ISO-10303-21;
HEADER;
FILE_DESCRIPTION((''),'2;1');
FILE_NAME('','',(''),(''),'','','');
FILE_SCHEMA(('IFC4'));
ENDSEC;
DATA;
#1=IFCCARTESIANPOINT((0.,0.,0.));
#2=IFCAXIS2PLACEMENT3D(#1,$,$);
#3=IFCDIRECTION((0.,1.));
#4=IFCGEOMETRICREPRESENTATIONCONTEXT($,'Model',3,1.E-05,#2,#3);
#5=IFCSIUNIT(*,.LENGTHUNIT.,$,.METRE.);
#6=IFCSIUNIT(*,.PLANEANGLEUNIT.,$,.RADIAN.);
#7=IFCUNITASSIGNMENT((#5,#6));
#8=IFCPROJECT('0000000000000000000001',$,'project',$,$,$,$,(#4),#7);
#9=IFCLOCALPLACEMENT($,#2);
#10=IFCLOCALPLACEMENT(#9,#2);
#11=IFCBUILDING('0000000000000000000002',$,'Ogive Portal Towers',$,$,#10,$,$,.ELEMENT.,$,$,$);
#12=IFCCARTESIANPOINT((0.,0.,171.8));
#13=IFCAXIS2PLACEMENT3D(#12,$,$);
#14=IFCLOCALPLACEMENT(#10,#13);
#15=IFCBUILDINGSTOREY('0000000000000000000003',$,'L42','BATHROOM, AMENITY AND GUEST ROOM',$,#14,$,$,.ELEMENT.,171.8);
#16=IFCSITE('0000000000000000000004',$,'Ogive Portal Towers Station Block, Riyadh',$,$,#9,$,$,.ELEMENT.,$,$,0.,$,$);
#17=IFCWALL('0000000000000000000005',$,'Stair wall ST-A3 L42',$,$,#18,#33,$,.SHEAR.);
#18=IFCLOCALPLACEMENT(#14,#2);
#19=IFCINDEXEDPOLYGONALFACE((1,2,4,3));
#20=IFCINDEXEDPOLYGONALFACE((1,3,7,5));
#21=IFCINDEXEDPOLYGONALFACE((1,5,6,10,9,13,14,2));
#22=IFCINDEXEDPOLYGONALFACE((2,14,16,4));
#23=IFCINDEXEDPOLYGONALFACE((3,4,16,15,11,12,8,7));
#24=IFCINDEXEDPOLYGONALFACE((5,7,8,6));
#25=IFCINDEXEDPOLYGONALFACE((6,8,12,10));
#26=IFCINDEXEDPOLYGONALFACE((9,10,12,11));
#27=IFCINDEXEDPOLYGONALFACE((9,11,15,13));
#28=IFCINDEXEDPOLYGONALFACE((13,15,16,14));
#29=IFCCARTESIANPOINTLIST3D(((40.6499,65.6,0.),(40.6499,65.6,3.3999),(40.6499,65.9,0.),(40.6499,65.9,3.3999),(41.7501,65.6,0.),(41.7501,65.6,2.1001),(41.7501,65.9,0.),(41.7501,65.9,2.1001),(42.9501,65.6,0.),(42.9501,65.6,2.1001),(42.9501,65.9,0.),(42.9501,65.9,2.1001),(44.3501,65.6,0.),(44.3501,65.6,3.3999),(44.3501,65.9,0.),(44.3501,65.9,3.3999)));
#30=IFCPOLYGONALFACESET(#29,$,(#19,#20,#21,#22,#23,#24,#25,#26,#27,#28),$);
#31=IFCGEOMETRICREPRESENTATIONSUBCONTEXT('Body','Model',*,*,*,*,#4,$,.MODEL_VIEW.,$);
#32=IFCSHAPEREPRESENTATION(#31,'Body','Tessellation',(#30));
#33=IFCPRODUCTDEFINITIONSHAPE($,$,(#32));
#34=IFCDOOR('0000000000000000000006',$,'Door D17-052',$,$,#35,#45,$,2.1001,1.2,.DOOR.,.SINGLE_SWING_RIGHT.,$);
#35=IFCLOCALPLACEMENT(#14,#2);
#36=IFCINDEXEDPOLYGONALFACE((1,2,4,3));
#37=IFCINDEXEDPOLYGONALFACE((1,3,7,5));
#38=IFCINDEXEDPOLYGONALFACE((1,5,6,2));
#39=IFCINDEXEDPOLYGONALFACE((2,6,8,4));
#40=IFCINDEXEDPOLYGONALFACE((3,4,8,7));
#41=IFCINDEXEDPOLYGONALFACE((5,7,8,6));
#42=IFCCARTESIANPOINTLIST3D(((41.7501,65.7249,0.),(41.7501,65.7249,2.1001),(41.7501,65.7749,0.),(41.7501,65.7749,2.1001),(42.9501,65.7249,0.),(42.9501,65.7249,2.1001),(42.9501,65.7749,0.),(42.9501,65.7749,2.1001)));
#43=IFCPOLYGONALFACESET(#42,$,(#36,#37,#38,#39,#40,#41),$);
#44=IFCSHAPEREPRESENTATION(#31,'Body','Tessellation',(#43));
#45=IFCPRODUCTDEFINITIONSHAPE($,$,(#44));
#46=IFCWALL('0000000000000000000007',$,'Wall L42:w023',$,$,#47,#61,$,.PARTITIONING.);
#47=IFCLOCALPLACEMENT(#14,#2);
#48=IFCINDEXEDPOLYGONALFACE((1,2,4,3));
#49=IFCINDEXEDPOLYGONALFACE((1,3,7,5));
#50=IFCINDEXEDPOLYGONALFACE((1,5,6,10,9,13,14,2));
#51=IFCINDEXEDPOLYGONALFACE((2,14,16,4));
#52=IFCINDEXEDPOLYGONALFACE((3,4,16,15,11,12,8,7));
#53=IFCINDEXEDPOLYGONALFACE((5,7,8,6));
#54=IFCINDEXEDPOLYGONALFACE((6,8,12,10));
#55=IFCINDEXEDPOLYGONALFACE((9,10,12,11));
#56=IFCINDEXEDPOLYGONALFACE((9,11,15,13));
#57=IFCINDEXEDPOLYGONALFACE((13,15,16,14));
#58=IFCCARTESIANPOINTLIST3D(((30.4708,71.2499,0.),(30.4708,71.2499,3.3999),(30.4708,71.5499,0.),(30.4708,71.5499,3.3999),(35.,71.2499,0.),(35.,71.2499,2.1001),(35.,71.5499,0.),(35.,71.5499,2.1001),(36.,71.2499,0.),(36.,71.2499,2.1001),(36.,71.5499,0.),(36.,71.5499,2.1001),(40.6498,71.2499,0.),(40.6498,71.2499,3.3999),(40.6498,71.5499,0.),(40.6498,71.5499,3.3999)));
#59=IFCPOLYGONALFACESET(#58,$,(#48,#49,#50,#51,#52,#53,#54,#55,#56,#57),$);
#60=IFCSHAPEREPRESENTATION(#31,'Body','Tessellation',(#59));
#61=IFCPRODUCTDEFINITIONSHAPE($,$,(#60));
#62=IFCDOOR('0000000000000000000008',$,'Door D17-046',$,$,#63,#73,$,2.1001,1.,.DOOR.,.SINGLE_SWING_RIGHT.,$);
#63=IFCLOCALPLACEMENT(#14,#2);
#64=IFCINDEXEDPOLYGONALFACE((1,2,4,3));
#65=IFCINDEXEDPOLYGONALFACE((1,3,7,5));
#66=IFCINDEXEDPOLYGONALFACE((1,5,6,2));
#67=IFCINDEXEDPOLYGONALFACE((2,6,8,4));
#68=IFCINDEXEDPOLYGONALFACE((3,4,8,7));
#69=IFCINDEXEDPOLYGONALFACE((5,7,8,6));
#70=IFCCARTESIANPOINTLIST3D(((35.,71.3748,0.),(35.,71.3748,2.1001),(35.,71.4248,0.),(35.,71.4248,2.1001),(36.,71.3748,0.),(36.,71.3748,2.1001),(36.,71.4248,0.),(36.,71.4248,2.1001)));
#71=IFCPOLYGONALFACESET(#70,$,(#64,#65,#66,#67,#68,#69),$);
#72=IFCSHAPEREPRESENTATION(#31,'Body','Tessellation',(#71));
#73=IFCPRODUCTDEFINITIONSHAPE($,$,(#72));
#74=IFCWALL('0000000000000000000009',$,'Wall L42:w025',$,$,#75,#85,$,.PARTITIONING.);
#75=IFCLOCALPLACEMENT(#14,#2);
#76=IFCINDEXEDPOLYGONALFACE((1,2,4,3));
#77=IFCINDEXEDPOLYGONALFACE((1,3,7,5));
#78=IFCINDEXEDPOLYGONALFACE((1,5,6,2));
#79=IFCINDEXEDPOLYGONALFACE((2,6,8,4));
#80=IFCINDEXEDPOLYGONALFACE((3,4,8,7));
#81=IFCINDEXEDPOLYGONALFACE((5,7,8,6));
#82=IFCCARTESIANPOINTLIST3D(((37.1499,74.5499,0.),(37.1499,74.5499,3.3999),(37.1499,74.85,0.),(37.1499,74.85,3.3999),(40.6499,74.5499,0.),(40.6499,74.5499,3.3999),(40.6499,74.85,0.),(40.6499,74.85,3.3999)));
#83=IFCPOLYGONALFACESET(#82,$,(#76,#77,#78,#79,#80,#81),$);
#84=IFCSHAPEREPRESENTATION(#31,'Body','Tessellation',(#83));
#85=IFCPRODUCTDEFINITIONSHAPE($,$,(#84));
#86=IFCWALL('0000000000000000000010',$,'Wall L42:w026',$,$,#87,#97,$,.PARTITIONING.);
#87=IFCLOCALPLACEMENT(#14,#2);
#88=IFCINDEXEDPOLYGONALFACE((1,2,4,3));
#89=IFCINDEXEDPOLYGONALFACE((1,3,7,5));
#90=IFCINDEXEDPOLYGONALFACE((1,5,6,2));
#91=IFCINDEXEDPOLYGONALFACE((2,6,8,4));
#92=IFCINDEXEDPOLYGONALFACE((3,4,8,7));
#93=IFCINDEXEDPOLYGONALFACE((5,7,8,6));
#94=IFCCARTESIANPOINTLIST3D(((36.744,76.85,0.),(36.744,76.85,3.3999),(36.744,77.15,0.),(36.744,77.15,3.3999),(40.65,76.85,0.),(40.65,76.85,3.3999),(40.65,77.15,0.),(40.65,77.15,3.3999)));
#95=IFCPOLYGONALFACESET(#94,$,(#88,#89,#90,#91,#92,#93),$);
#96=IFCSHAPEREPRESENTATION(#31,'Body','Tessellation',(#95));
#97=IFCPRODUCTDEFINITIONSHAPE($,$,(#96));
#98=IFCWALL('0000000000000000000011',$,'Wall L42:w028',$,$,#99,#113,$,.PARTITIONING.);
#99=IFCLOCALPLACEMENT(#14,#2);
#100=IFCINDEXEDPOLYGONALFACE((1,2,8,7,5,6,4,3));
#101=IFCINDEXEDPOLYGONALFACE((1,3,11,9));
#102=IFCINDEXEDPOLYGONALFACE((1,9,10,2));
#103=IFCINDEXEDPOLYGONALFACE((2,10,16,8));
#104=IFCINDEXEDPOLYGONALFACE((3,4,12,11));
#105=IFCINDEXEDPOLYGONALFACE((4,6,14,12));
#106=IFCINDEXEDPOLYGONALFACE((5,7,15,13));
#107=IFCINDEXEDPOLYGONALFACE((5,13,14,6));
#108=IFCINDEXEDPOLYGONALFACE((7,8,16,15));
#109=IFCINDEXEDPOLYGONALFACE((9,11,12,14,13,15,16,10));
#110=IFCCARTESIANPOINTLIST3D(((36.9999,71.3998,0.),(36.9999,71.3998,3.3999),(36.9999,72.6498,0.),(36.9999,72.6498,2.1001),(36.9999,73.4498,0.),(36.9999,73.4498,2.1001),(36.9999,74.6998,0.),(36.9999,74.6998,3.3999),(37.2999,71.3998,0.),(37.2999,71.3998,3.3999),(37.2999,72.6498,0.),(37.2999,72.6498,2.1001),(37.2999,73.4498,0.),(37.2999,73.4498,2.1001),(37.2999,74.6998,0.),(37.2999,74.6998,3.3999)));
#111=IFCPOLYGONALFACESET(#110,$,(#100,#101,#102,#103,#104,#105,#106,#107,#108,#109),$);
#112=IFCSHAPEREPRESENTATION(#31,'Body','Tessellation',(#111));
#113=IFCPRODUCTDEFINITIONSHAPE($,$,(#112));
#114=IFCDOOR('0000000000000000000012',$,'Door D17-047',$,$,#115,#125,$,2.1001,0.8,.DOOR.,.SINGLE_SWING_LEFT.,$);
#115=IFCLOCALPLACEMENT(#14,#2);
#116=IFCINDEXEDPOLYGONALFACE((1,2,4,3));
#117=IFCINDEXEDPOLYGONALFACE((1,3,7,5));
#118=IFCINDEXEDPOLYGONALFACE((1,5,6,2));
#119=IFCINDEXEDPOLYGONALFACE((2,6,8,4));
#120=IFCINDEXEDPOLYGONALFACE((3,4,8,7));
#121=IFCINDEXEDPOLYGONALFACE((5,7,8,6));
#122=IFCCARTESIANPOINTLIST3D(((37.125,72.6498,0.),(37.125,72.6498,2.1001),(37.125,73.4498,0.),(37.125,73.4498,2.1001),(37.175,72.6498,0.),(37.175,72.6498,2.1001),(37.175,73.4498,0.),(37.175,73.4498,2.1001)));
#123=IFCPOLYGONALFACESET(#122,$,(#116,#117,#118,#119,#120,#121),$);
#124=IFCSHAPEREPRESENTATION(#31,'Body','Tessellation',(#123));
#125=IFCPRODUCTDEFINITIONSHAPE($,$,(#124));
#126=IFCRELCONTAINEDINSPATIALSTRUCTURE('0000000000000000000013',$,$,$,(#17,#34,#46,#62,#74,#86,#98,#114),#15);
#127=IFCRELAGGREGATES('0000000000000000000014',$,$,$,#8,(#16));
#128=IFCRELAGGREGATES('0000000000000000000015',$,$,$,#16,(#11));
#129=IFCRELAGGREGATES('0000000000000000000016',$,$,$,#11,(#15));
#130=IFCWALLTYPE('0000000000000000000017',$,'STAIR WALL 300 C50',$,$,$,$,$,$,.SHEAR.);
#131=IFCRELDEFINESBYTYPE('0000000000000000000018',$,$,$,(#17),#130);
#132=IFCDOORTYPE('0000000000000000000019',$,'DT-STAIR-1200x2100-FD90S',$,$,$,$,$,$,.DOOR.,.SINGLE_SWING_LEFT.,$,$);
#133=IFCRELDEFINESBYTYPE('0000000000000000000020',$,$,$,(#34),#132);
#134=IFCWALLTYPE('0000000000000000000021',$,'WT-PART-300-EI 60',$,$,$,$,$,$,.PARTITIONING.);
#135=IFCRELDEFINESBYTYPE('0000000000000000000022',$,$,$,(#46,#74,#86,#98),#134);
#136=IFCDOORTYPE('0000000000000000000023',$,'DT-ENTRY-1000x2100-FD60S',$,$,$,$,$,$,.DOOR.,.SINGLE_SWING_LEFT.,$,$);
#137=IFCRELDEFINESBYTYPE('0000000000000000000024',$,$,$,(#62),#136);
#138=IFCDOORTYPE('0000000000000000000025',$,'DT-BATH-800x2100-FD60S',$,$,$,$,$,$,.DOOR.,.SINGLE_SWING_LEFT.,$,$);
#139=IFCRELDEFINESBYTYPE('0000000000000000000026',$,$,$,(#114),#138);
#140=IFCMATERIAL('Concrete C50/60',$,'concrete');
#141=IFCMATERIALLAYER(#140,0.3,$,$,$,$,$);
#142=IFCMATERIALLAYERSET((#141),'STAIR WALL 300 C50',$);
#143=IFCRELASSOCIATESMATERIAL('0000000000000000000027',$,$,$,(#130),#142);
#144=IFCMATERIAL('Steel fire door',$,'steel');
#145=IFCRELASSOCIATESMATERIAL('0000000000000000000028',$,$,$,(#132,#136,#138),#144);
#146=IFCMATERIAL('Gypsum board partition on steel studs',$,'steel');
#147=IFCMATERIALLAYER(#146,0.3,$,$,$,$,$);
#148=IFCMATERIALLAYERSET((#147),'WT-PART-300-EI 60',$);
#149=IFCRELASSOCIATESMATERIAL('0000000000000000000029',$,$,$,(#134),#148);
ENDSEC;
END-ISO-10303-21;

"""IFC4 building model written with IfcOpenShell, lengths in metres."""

from ifc_helpers import new_model, si_unit, direction, frame, frame_2d, origin, place, context, subcontext, project, spatial, rectangle, extrude, material, layer, layer_set, type_object, element, fill, save


model = new_model("IFC4")

# Units and contexts
model_context = context("Model", 3, precision=1e-05, world=origin(), true_north=direction((0.0, 1.0)))
body_context = subcontext(model_context, "Body", "Model", "MODEL_VIEW")
ifc_project = project(units=[si_unit("LENGTHUNIT", "METRE"), si_unit("PLANEANGLEUNIT", "RADIAN")], contexts=[model_context])

# Site, building, storey
site_placement = place(None, origin())
site = spatial("IfcSite", under=ifc_project, at=site_placement, Name="Ogive Portal Towers Station Block, Riyadh", CompositionType="ELEMENT", RefElevation=0.0)
building_placement = place(site_placement, origin())
building = spatial("IfcBuilding", under=site, at=building_placement, Name="Ogive Portal Towers", CompositionType="ELEMENT")
storey_placement = place(building_placement, frame((0.0, 0.0, 171.8)))
storey = spatial("IfcBuildingStorey", under=building, at=storey_placement, Name="L42", Description="BATHROOM, AMENITY AND GUEST ROOM", CompositionType="ELEMENT", Elevation=171.8)

# Walls, openings, doors
ifc_material_1 = material(Name="Concrete C50/60", Category="concrete")
ifc_layer_1 = layer(ifc_material_1, 0.3)
ifc_layer_set_1 = layer_set([ifc_layer_1], Name="STAIR WALL 300 C50")
wall_type_1 = type_object("IfcWallType", Name="STAIR WALL 300 C50", PredefinedType="SHEAR", material=ifc_layer_set_1)
wall_1_placement = place(storey_placement, frame((40.6499, 65.75, 0.0), z_axis=(0.0, 0.0, 1.0), x_axis=(1.0, 0.0, 0.0)))
wall_1 = element("IfcWall", 1, at=wall_1_placement, inside=storey, type_object=wall_type_1, Name="Stair wall ST-A3 L42", PredefinedType="SHEAR", context=body_context, shape_type="SweptSolid", body=[
    extrude(rectangle(XDim=3.7002, YDim=0.3, at=frame_2d((1.8501, 0.0))), origin(), (0.0, 0.0, 1.0), 3.3999),
])
opening_1_placement = place(wall_1_placement, frame((1.1001, 0.0, 0.0)))
opening_1 = element("IfcOpeningElement", 2, at=opening_1_placement, cuts=wall_1, PredefinedType="OPENING", context=body_context, shape_type="SweptSolid", body=[
    extrude(rectangle(XDim=1.2, YDim=2.1001, at=frame_2d((0.6001, 1.05))), frame((0.0, 0.1602, 0.0), z_axis=(0.0, -1.0, 0.0), x_axis=(1.0, 0.0, 0.0)), (0.0, 0.0, 1.0), 0.3201),
])
ifc_material_2 = material(Name="Steel fire door", Category="steel")
door_type_1 = type_object("IfcDoorType", Name="DT-STAIR-1200x2100-FD90S", OperationType="SINGLE_SWING_LEFT", PredefinedType="DOOR", material=ifc_material_2)
door_1_placement = place(opening_1_placement, origin())
door_1 = element("IfcDoor", 3, at=door_1_placement, inside=storey, type_object=door_type_1, Name="Door D17-052", OperationType="SINGLE_SWING_RIGHT", OverallHeight=2.1001, OverallWidth=1.2, PredefinedType="DOOR", context=body_context, shape_type="SweptSolid", body=[
    extrude(rectangle(XDim=1.2, YDim=2.1001, at=frame_2d((0.6001, 1.05))), frame((0.0, 0.0249, 0.0), z_axis=(0.0, -1.0, 0.0), x_axis=(1.0, 0.0, 0.0)), (0.0, 0.0, 1.0), 0.05),
])
fill(opening_1, door_1)
ifc_material_3 = material(Name="Gypsum board partition on steel studs", Category="steel")
ifc_layer_2 = layer(ifc_material_3, 0.3)
ifc_layer_set_2 = layer_set([ifc_layer_2], Name="WT-PART-300-EI 60")
wall_type_2 = type_object("IfcWallType", Name="WT-PART-300-EI 60", PredefinedType="PARTITIONING", material=ifc_layer_set_2)
wall_2_placement = place(storey_placement, frame((30.4709, 71.3999, 0.0), z_axis=(0.0, 0.0, 1.0), x_axis=(1.0, 0.0, 0.0)))
wall_2 = element("IfcWall", 4, at=wall_2_placement, inside=storey, type_object=wall_type_2, Name="Wall L42:w023", PredefinedType="PARTITIONING", context=body_context, shape_type="SweptSolid", body=[
    extrude(rectangle(XDim=10.179, YDim=0.3, at=frame_2d((5.0894, 0.0))), origin(), (0.0, 0.0, 1.0), 3.3999),
])
opening_2_placement = place(wall_2_placement, frame((4.5291, 0.0, 0.0)))
opening_2 = element("IfcOpeningElement", 5, at=opening_2_placement, cuts=wall_2, PredefinedType="OPENING", context=body_context, shape_type="SweptSolid", body=[
    extrude(rectangle(XDim=1.0, YDim=2.1001, at=frame_2d((0.5, 1.05))), frame((0.0, 0.1602, 0.0), z_axis=(0.0, -1.0, 0.0), x_axis=(1.0, 0.0, 0.0)), (0.0, 0.0, 1.0), 0.3201),
])
door_type_2 = type_object("IfcDoorType", Name="DT-ENTRY-1000x2100-FD60S", OperationType="SINGLE_SWING_LEFT", PredefinedType="DOOR", material=ifc_material_2)
door_2_placement = place(opening_2_placement, origin())
door_2 = element("IfcDoor", 6, at=door_2_placement, inside=storey, type_object=door_type_2, Name="Door D17-046", OperationType="SINGLE_SWING_RIGHT", OverallHeight=2.1001, OverallWidth=1.0, PredefinedType="DOOR", context=body_context, shape_type="SweptSolid", body=[
    extrude(rectangle(XDim=1.0, YDim=2.1001, at=frame_2d((0.5, 1.05))), frame((0.0, 0.0249, 0.0), z_axis=(0.0, -1.0, 0.0), x_axis=(1.0, 0.0, 0.0)), (0.0, 0.0, 1.0), 0.05),
])
fill(opening_2, door_2)

# Walls
wall_3_placement = place(storey_placement, frame((37.1499, 74.7, 0.0), z_axis=(0.0, 0.0, 1.0), x_axis=(1.0, 0.0, 0.0)))
element("IfcWall", 7, at=wall_3_placement, inside=storey, type_object=wall_type_2, Name="Wall L42:w025", PredefinedType="PARTITIONING", context=body_context, shape_type="SweptSolid", body=[
    extrude(rectangle(XDim=3.5, YDim=0.3, at=frame_2d((1.75, 0.0))), origin(), (0.0, 0.0, 1.0), 3.3999),
])
wall_4_placement = place(storey_placement, frame((36.7439, 77.0, 0.0), z_axis=(0.0, 0.0, 1.0), x_axis=(1.0, 0.0, 0.0)))
element("IfcWall", 8, at=wall_4_placement, inside=storey, type_object=wall_type_2, Name="Wall L42:w026", PredefinedType="PARTITIONING", context=body_context, shape_type="SweptSolid", body=[
    extrude(rectangle(XDim=3.906, YDim=0.3, at=frame_2d((1.9531, 0.0))), origin(), (0.0, 0.0, 1.0), 3.3999),
])

# Wall, opening, door
wall_5_placement = place(storey_placement, frame((37.1499, 71.3999, 0.0), z_axis=(0.0, 0.0, 1.0), x_axis=(0.0, 1.0, 0.0)))
wall_5 = element("IfcWall", 9, at=wall_5_placement, inside=storey, type_object=wall_type_2, Name="Wall L42:w028", PredefinedType="PARTITIONING", context=body_context, shape_type="SweptSolid", body=[
    extrude(rectangle(XDim=3.3, YDim=0.3, at=frame_2d((1.6499, 0.0))), origin(), (0.0, 0.0, 1.0), 3.3999),
])
opening_3_placement = place(wall_5_placement, frame((1.25, 0.0, 0.0)))
opening_3 = element("IfcOpeningElement", 10, at=opening_3_placement, cuts=wall_5, PredefinedType="OPENING", context=body_context, shape_type="SweptSolid", body=[
    extrude(rectangle(XDim=0.8, YDim=2.1001, at=frame_2d((0.3999, 1.05))), frame((0.0, 0.1602, 0.0), z_axis=(0.0, -1.0, 0.0), x_axis=(1.0, 0.0, 0.0)), (0.0, 0.0, 1.0), 0.3201),
])
door_type_3 = type_object("IfcDoorType", Name="DT-BATH-800x2100-FD60S", OperationType="SINGLE_SWING_LEFT", PredefinedType="DOOR", material=ifc_material_2)
door_3_placement = place(opening_3_placement, origin())
door_3 = element("IfcDoor", 11, at=door_3_placement, inside=storey, type_object=door_type_3, Name="Door D17-047", OperationType="SINGLE_SWING_LEFT", OverallHeight=2.1001, OverallWidth=0.8, PredefinedType="DOOR", context=body_context, shape_type="SweptSolid", body=[
    extrude(rectangle(XDim=0.8, YDim=2.1001, at=frame_2d((0.3999, 1.05))), frame((0.0, 0.0249, 0.0), z_axis=(0.0, -1.0, 0.0), x_axis=(1.0, 0.0, 0.0)), (0.0, 0.0, 1.0), 0.05),
])
fill(opening_3, door_3)

save(model, "model.ifc")
